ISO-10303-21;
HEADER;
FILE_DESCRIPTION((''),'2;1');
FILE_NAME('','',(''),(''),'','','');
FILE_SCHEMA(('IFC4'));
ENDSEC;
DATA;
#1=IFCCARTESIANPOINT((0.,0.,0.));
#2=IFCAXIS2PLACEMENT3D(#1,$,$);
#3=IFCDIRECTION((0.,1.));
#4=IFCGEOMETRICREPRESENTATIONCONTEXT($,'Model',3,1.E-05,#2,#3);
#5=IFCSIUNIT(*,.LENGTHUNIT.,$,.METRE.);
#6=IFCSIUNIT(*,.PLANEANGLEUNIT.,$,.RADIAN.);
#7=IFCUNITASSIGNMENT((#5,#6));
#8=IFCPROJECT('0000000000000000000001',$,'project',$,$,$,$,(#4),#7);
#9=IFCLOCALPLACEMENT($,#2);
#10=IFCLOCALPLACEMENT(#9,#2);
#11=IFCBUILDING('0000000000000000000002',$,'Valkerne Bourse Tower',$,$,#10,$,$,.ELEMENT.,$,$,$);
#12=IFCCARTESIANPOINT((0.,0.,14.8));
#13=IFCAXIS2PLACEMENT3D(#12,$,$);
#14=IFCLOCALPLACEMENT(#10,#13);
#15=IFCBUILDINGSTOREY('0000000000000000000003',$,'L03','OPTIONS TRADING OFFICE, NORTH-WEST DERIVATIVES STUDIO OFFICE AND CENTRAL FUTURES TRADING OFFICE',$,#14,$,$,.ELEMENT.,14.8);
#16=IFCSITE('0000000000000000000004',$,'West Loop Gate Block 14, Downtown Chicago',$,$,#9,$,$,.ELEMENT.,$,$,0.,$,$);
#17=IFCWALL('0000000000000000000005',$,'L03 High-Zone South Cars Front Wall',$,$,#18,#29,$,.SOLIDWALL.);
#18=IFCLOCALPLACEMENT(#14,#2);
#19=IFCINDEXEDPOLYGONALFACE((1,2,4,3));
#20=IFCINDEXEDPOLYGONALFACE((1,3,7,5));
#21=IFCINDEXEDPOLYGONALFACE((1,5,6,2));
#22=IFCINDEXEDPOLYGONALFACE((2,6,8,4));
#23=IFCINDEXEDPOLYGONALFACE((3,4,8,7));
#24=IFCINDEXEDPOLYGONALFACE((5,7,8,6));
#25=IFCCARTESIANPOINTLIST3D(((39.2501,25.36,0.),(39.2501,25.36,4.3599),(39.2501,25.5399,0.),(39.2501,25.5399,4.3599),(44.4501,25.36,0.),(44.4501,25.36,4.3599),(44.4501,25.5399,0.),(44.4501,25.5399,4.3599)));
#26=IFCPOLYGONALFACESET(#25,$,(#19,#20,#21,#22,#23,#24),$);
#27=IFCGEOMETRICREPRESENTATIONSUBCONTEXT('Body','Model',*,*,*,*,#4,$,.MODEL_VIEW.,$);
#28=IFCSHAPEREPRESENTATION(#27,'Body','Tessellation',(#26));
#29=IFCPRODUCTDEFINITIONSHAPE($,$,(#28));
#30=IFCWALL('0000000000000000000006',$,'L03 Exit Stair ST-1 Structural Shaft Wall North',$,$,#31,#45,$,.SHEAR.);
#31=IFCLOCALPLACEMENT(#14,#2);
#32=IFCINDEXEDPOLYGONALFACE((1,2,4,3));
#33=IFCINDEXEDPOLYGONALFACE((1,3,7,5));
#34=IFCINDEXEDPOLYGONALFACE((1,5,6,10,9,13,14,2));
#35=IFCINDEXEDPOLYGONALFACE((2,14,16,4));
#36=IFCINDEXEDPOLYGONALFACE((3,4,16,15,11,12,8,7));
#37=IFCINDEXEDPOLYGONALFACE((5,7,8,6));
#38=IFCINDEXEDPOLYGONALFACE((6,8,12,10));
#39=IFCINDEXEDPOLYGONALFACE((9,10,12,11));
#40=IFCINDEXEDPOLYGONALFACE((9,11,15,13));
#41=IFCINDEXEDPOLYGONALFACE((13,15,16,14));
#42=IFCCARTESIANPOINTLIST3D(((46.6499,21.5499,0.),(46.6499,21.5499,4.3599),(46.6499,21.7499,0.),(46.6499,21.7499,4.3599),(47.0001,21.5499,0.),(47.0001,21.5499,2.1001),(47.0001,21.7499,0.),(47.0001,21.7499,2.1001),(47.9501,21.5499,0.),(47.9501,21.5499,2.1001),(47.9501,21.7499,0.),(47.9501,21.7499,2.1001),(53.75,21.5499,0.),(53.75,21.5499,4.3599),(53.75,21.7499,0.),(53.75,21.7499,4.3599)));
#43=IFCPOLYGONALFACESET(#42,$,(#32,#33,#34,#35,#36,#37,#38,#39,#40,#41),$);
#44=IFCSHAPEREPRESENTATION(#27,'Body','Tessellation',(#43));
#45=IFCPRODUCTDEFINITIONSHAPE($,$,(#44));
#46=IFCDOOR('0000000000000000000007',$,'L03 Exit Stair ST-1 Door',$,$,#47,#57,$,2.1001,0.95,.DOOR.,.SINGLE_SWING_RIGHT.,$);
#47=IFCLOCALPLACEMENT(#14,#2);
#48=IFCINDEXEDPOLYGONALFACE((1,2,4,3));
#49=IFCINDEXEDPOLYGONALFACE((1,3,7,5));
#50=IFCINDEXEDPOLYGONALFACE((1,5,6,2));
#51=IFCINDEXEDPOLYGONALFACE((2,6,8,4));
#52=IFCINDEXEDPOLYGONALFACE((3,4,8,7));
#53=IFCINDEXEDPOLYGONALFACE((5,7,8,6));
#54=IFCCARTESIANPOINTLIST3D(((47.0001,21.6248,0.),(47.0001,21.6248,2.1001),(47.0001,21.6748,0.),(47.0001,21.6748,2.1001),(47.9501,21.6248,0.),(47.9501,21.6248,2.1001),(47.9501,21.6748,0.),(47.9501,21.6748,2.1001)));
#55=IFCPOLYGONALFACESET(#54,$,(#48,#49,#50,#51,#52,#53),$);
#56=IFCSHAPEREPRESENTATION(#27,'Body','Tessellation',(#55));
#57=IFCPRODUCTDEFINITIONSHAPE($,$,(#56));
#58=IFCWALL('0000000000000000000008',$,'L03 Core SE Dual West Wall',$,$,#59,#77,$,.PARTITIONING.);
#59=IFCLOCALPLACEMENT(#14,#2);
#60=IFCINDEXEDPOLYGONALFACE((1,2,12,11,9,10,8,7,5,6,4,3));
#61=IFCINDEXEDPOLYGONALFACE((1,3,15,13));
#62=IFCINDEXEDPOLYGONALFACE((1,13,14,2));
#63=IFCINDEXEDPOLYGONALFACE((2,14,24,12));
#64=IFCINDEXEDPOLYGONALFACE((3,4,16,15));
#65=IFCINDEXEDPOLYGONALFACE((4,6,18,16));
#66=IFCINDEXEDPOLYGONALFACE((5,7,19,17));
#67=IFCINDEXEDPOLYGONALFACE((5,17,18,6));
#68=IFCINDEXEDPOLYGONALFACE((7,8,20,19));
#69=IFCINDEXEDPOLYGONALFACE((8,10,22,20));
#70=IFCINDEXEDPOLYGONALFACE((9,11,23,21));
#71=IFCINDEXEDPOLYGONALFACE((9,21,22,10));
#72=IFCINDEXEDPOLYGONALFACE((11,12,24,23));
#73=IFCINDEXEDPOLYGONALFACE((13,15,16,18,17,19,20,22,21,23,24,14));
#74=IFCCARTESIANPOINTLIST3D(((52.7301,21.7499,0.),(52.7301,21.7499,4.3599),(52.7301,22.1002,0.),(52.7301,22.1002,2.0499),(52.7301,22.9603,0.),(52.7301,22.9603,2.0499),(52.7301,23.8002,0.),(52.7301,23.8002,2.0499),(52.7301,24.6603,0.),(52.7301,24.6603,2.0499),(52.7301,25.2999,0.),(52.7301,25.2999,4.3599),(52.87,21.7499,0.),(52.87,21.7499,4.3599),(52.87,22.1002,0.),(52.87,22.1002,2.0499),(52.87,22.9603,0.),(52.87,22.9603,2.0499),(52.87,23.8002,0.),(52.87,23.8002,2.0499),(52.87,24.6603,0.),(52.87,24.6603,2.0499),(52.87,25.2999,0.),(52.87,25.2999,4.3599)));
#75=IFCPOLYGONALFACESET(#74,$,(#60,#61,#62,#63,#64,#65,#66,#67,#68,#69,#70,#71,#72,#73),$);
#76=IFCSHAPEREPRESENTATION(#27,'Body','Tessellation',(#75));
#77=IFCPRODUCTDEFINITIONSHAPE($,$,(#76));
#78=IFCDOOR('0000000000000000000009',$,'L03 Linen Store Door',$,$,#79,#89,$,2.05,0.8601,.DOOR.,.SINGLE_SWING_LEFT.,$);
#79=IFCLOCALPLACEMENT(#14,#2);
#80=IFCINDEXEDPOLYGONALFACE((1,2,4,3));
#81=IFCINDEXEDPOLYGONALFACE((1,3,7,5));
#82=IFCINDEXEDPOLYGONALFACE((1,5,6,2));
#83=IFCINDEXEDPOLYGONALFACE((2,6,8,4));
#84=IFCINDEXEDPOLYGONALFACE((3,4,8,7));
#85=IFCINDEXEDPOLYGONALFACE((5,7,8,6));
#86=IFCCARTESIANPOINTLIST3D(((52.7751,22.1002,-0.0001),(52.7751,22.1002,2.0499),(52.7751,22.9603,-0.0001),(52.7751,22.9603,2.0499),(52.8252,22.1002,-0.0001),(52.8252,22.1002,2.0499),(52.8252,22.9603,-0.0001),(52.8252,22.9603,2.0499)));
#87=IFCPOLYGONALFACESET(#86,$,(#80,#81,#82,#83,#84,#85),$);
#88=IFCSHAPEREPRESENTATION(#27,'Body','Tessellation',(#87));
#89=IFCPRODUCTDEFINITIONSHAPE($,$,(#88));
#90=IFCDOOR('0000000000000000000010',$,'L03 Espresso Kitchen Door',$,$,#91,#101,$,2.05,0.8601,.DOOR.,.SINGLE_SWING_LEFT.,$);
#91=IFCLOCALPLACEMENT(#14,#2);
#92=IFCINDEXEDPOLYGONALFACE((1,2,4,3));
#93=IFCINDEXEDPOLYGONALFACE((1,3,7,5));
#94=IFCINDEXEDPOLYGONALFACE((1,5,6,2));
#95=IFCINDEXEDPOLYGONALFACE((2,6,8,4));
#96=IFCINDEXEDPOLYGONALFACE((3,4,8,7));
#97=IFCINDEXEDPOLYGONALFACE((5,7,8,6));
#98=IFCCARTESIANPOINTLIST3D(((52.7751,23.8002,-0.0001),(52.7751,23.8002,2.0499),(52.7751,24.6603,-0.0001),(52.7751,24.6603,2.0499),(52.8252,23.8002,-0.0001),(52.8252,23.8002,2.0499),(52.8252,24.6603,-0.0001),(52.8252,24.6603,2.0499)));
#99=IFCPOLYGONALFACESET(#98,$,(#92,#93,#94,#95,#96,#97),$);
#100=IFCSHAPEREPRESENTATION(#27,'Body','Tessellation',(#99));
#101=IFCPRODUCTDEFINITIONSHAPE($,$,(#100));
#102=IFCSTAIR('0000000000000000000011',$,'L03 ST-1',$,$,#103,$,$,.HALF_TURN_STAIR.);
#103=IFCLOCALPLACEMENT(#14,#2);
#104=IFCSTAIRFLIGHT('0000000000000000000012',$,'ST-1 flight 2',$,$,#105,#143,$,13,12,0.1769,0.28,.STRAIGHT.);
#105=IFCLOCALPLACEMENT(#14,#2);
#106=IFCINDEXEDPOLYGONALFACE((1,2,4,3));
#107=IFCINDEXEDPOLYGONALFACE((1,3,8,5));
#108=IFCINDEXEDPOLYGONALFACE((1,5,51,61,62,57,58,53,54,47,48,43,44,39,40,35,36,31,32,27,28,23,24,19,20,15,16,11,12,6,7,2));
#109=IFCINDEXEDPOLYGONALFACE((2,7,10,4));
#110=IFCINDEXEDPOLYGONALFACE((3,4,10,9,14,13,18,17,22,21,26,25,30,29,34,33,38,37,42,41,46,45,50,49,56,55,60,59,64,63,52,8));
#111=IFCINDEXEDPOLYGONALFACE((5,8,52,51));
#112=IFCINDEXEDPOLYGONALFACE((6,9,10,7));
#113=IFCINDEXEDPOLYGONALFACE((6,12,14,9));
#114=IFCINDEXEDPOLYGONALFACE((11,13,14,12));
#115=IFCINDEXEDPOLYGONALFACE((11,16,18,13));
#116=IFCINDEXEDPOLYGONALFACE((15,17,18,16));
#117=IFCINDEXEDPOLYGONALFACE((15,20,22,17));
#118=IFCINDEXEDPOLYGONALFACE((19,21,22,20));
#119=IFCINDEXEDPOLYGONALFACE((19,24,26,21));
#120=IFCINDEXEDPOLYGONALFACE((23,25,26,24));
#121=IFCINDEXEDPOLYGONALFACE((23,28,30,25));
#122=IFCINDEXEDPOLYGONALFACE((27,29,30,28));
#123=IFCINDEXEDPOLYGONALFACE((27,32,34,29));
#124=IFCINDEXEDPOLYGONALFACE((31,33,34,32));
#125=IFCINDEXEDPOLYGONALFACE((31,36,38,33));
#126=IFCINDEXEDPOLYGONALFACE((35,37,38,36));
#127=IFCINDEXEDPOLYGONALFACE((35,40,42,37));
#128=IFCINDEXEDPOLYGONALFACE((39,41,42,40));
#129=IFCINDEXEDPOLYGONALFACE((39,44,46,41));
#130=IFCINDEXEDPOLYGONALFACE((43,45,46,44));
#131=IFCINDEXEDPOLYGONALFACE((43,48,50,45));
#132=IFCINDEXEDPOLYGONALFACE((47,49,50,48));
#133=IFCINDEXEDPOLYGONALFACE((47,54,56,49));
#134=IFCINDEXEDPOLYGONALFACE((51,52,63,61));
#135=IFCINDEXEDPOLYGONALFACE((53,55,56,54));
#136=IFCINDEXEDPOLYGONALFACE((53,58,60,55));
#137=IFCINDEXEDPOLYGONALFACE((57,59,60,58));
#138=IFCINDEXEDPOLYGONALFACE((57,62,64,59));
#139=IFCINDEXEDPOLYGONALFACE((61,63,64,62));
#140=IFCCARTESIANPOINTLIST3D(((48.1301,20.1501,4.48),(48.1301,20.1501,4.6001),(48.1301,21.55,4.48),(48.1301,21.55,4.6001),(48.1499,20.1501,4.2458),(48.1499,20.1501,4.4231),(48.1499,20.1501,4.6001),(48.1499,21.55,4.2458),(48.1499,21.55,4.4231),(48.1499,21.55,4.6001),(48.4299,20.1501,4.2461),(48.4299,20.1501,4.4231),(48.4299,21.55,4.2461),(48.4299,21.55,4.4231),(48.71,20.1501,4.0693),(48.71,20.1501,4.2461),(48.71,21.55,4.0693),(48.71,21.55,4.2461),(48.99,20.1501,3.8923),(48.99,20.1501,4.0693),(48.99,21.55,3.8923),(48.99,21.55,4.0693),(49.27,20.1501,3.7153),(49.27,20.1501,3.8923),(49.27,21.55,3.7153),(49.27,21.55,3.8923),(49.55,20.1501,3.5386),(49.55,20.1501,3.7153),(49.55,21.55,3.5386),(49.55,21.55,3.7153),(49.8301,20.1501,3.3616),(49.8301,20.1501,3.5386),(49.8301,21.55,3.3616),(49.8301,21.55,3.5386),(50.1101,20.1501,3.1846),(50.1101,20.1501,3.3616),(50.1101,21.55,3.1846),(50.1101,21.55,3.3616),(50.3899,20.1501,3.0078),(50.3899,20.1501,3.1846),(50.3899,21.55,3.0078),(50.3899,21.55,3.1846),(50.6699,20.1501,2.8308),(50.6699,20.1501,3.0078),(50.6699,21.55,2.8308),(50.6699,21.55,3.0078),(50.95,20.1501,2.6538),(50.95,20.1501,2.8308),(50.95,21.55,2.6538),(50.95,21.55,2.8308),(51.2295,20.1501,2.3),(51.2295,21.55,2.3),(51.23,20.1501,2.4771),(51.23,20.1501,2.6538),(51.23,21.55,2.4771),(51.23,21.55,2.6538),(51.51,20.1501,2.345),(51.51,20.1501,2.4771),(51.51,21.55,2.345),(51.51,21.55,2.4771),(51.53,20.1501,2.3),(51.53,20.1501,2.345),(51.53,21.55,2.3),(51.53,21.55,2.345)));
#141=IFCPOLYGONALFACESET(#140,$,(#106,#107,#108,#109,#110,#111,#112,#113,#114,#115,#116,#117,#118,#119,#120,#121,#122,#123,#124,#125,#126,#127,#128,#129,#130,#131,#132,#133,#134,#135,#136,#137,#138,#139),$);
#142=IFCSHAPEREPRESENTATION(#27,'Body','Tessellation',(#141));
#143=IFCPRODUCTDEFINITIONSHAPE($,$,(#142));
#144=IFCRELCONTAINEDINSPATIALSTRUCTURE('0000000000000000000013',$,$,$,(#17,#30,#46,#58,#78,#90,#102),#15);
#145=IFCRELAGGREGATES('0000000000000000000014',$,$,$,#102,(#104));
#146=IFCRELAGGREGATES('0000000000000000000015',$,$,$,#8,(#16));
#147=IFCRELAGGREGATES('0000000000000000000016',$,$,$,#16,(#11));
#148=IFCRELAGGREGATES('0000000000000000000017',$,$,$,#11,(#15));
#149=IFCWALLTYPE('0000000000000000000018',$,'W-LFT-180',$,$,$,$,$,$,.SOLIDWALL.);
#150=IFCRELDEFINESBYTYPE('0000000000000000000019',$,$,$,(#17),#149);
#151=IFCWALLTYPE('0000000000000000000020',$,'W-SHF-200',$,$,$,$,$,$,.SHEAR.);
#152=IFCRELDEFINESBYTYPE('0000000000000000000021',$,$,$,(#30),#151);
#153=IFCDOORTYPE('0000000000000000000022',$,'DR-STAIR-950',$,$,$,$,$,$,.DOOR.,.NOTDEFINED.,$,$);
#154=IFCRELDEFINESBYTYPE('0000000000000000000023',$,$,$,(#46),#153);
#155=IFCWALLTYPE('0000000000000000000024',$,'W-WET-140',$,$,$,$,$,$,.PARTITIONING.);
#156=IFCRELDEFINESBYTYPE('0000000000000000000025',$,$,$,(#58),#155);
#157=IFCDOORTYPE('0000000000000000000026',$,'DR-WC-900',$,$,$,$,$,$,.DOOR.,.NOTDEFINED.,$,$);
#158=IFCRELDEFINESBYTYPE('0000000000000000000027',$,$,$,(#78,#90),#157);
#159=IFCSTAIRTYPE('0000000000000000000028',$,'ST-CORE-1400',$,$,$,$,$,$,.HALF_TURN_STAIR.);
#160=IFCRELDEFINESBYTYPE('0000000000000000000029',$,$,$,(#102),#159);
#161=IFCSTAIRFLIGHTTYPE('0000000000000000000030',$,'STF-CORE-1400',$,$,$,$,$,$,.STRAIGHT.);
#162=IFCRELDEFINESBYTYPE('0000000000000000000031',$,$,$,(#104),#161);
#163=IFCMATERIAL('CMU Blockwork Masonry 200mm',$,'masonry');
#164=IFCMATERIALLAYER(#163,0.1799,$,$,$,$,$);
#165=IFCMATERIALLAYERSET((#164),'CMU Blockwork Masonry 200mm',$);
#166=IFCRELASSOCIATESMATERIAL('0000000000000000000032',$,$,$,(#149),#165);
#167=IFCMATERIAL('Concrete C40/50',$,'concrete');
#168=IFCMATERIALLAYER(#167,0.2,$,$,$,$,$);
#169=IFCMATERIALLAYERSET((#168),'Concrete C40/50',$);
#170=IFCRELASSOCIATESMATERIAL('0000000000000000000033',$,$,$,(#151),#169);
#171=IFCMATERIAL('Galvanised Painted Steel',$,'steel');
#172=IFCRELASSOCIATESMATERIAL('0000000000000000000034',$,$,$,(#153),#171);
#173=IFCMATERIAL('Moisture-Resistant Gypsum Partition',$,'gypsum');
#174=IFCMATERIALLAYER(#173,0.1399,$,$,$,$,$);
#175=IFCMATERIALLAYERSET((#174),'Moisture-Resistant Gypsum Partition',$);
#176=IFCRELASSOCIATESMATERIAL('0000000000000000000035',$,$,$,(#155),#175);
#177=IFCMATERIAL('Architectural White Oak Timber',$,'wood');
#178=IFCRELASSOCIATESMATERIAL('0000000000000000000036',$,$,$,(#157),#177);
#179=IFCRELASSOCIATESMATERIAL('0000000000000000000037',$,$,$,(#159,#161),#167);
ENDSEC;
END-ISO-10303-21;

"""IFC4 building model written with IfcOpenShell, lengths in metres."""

from ifc_helpers import new_model, si_unit, direction, frame, frame_2d, origin, place, context, subcontext, project, spatial, polyline, rectangle, outline, extrude, material, layer, layer_set, type_object, element, fill, aggregate, save


model = new_model("IFC4")

# Units and contexts
model_context = context("Model", 3, precision=1e-05, world=origin(), true_north=direction((0.0, 1.0)))
body_context = subcontext(model_context, "Body", "Model", "MODEL_VIEW")
ifc_project = project(units=[si_unit("LENGTHUNIT", "METRE"), si_unit("PLANEANGLEUNIT", "RADIAN")], contexts=[model_context])

# Site, building, storey
site_placement = place(None, origin())
site = spatial("IfcSite", under=ifc_project, at=site_placement, Name="West Loop Gate Block 14, Downtown Chicago", CompositionType="ELEMENT", RefElevation=0.0)
building_placement = place(site_placement, origin())
building = spatial("IfcBuilding", under=site, at=building_placement, Name="Valkerne Bourse Tower", CompositionType="ELEMENT")
storey_placement = place(building_placement, frame((0.0, 0.0, 14.8)))
storey = spatial("IfcBuildingStorey", under=building, at=storey_placement, Name="L03", Description="OPTIONS TRADING OFFICE, NORTH-WEST DERIVATIVES STUDIO OFFICE AND CENTRAL FUTURES TRADING OFFICE", CompositionType="ELEMENT", Elevation=14.8)

# Shared definitions
ifc_material_1 = material(Name="Galvanised Painted Steel", Category="steel")

# Shared definitions
ifc_material_2 = material(Name="CMU Blockwork Masonry 200mm", Category="masonry")
ifc_layer_1 = layer(ifc_material_2, 0.1799)
ifc_layer_set_1 = layer_set([ifc_layer_1], Name="CMU Blockwork Masonry 200mm")
wall_type_1 = type_object("IfcWallType", Name="W-LFT-180", PredefinedType="SOLIDWALL", material=ifc_layer_set_1)

# Wall
wall_1_placement = place(storey_placement, frame((39.25, 25.45, 0.0), z_axis=(0.0, 0.0, 1.0), x_axis=(1.0, 0.0, 0.0)))
element("IfcWall", 1, at=wall_1_placement, inside=storey, type_object=wall_type_1, Name="L03 High-Zone South Cars Front Wall", PredefinedType="SOLIDWALL", context=body_context, shape_type="SweptSolid", body=[
    extrude(rectangle(XDim=5.2, YDim=0.1799, at=frame_2d((2.6001, 0.0))), origin(), (0.0, 0.0, 1.0), 4.3599),
])

# Wall, opening, door
ifc_material_3 = material(Name="Concrete C40/50", Category="concrete")
ifc_layer_2 = layer(ifc_material_3, 0.2)
ifc_layer_set_2 = layer_set([ifc_layer_2], Name="Concrete C40/50")
wall_type_2 = type_object("IfcWallType", Name="W-SHF-200", PredefinedType="SHEAR", material=ifc_layer_set_2)
wall_2_placement = place(storey_placement, frame((46.6499, 21.6499, 0.0), z_axis=(0.0, 0.0, 1.0), x_axis=(1.0, 0.0, 0.0)))
wall_2 = element("IfcWall", 2, at=wall_2_placement, inside=storey, type_object=wall_type_2, Name="L03 Exit Stair ST-1 Structural Shaft Wall North", PredefinedType="SHEAR", context=body_context, shape_type="SweptSolid", body=[
    extrude(rectangle(XDim=7.1001, YDim=0.2, at=frame_2d((3.55, 0.0))), origin(), (0.0, 0.0, 1.0), 4.3599),
])
opening_1_placement = place(wall_2_placement, frame((0.3501, 0.0, 0.0)))
opening_1 = element("IfcOpeningElement", 3, at=opening_1_placement, cuts=wall_2, PredefinedType="OPENING", context=body_context, shape_type="SweptSolid", body=[
    extrude(rectangle(XDim=0.95, YDim=2.1001, at=frame_2d((0.4751, 1.05))), frame((0.0, 0.1099, 0.0), z_axis=(0.0, -1.0, 0.0), x_axis=(1.0, 0.0, 0.0)), (0.0, 0.0, 1.0), 0.22),
])
door_type_1 = type_object("IfcDoorType", Name="DR-STAIR-950", OperationType="NOTDEFINED", PredefinedType="DOOR", material=ifc_material_1)
door_1_placement = place(opening_1_placement, origin())
door_1 = element("IfcDoor", 4, at=door_1_placement, inside=storey, type_object=door_type_1, Name="L03 Exit Stair ST-1 Door", OperationType="SINGLE_SWING_RIGHT", OverallHeight=2.1001, OverallWidth=0.95, PredefinedType="DOOR", context=body_context, shape_type="SweptSolid", body=[
    extrude(rectangle(XDim=0.95, YDim=2.1001, at=frame_2d((0.4751, 1.05))), frame((0.0, 0.0249, 0.0), z_axis=(0.0, -1.0, 0.0), x_axis=(1.0, 0.0, 0.0)), (0.0, 0.0, 1.0), 0.05),
])
fill(opening_1, door_1)

# Wall, openings, doors
ifc_material_4 = material(Name="Moisture-Resistant Gypsum Partition", Category="gypsum")
ifc_layer_3 = layer(ifc_material_4, 0.1399)
ifc_layer_set_3 = layer_set([ifc_layer_3], Name="Moisture-Resistant Gypsum Partition")
wall_type_3 = type_object("IfcWallType", Name="W-WET-140", PredefinedType="PARTITIONING", material=ifc_layer_set_3)
wall_3_placement = place(storey_placement, frame((52.8, 21.75, 0.0), z_axis=(0.0, 0.0, 1.0), x_axis=(0.0, 1.0, 0.0)))
wall_3 = element("IfcWall", 5, at=wall_3_placement, inside=storey, type_object=wall_type_3, Name="L03 Core SE Dual West Wall", PredefinedType="PARTITIONING", context=body_context, shape_type="SweptSolid", body=[
    extrude(rectangle(XDim=3.55, YDim=0.1399, at=frame_2d((1.7749, 0.0))), origin(), (0.0, 0.0, 1.0), 4.3599),
])
opening_2_placement = place(wall_3_placement, frame((0.3501, 0.0, 0.0)))
opening_2 = element("IfcOpeningElement", 6, at=opening_2_placement, cuts=wall_3, PredefinedType="OPENING", context=body_context, shape_type="SweptSolid", body=[
    extrude(rectangle(XDim=0.8601, YDim=2.05, at=frame_2d((0.4302, 1.0249))), frame((0.0, 0.0798, 0.0), z_axis=(0.0, -1.0, 0.0), x_axis=(1.0, 0.0, 0.0)), (0.0, 0.0, 1.0), 0.1599),
])
opening_3_placement = place(wall_3_placement, frame((2.05, 0.0, 0.0)))
opening_3 = element("IfcOpeningElement", 7, at=opening_3_placement, cuts=wall_3, PredefinedType="OPENING", context=body_context, shape_type="SweptSolid", body=[
    extrude(rectangle(XDim=0.8601, YDim=2.05, at=frame_2d((0.4302, 1.0249))), frame((0.0, 0.0798, 0.0), z_axis=(0.0, -1.0, 0.0), x_axis=(1.0, 0.0, 0.0)), (0.0, 0.0, 1.0), 0.1599),
])
ifc_material_5 = material(Name="Architectural White Oak Timber", Category="wood")
door_type_2 = type_object("IfcDoorType", Name="DR-WC-900", OperationType="NOTDEFINED", PredefinedType="DOOR", material=ifc_material_5)
door_2_placement = place(opening_2_placement, origin())
door_2 = element("IfcDoor", 8, at=door_2_placement, inside=storey, type_object=door_type_2, Name="L03 Linen Store Door", OperationType="SINGLE_SWING_LEFT", OverallHeight=2.05, OverallWidth=0.8601, PredefinedType="DOOR", context=body_context, shape_type="SweptSolid", body=[
    extrude(rectangle(XDim=0.8601, YDim=2.05, at=frame_2d((0.4302, 1.0249))), frame((0.0, 0.0249, 0.0), z_axis=(0.0, -1.0, 0.0), x_axis=(1.0, 0.0, 0.0)), (0.0, 0.0, 1.0), 0.05),
])
fill(opening_2, door_2)
door_3_placement = place(opening_3_placement, origin())
door_3 = element("IfcDoor", 9, at=door_3_placement, inside=storey, type_object=door_type_2, Name="L03 Espresso Kitchen Door", OperationType="SINGLE_SWING_LEFT", OverallHeight=2.05, OverallWidth=0.8601, PredefinedType="DOOR", context=body_context, shape_type="SweptSolid", body=[
    extrude(rectangle(XDim=0.8601, YDim=2.05, at=frame_2d((0.4302, 1.0249))), frame((0.0, 0.0249, 0.0), z_axis=(0.0, -1.0, 0.0), x_axis=(1.0, 0.0, 0.0)), (0.0, 0.0, 1.0), 0.05),
])
fill(opening_3, door_3)

# Stair, stair flight
stair_type = type_object("IfcStairType", Name="ST-CORE-1400", PredefinedType="HALF_TURN_STAIR", material=ifc_material_3)
stair_placement = place(storey_placement, origin())
stair = element("IfcStair", 10, at=stair_placement, inside=storey, type_object=stair_type, Name="L03 ST-1", PredefinedType="HALF_TURN_STAIR")
stair_flight_type = type_object("IfcStairFlightType", Name="STF-CORE-1400", PredefinedType="STRAIGHT", material=ifc_material_3)
stair_flight_placement = place(storey_placement, frame((51.51, 20.8501, 2.3), z_axis=(0.0, 0.0, 1.0), x_axis=(-1.0, 0.0, 0.0)))
stair_flight = element("IfcStairFlight", 11, at=stair_flight_placement, type_object=stair_flight_type, Name="ST-1 flight 2", NumberOfRisers=13, NumberOfTreads=12, PredefinedType="STRAIGHT", RiserHeight=0.1769, TreadLength=0.28, context=body_context, shape_type="SweptSolid", body=[
    extrude(outline(polyline([(-0.02, 0.0), (-0.02, 0.0449), (0.0, 0.0449), (0.0, 0.177), (0.28, 0.177), (0.28, 0.3538), (0.5601, 0.3538), (0.5601, 0.5308), (0.8401, 0.5308), (0.8401, 0.7078), (1.1201, 0.7078), (1.1201, 0.8845), (1.3999, 0.8845), (1.3999, 1.0615), (1.6799, 1.0615), (1.6799, 1.2385), (1.96, 1.2385), (1.96, 1.4153), (2.24, 1.4153), (2.24, 1.5923), (2.52, 1.5923), (2.52, 1.7693), (2.8, 1.7693), (2.8, 1.946), (3.0801, 1.946), (3.0801, 2.123), (3.3601, 2.123), (3.3601, 2.3), (3.3799, 2.3), (3.3799, 2.1799), (3.3601, 1.9458), (0.2805, 0.0), (-0.02, 0.0)])), frame((0.0, 0.7, 0.0), z_axis=(0.0, -1.0, 0.0), x_axis=(1.0, 0.0, 0.0)), (0.0, 0.0, 1.0), 1.3999),
])
aggregate(stair, [stair_flight])

save(model, "model.ifc")
